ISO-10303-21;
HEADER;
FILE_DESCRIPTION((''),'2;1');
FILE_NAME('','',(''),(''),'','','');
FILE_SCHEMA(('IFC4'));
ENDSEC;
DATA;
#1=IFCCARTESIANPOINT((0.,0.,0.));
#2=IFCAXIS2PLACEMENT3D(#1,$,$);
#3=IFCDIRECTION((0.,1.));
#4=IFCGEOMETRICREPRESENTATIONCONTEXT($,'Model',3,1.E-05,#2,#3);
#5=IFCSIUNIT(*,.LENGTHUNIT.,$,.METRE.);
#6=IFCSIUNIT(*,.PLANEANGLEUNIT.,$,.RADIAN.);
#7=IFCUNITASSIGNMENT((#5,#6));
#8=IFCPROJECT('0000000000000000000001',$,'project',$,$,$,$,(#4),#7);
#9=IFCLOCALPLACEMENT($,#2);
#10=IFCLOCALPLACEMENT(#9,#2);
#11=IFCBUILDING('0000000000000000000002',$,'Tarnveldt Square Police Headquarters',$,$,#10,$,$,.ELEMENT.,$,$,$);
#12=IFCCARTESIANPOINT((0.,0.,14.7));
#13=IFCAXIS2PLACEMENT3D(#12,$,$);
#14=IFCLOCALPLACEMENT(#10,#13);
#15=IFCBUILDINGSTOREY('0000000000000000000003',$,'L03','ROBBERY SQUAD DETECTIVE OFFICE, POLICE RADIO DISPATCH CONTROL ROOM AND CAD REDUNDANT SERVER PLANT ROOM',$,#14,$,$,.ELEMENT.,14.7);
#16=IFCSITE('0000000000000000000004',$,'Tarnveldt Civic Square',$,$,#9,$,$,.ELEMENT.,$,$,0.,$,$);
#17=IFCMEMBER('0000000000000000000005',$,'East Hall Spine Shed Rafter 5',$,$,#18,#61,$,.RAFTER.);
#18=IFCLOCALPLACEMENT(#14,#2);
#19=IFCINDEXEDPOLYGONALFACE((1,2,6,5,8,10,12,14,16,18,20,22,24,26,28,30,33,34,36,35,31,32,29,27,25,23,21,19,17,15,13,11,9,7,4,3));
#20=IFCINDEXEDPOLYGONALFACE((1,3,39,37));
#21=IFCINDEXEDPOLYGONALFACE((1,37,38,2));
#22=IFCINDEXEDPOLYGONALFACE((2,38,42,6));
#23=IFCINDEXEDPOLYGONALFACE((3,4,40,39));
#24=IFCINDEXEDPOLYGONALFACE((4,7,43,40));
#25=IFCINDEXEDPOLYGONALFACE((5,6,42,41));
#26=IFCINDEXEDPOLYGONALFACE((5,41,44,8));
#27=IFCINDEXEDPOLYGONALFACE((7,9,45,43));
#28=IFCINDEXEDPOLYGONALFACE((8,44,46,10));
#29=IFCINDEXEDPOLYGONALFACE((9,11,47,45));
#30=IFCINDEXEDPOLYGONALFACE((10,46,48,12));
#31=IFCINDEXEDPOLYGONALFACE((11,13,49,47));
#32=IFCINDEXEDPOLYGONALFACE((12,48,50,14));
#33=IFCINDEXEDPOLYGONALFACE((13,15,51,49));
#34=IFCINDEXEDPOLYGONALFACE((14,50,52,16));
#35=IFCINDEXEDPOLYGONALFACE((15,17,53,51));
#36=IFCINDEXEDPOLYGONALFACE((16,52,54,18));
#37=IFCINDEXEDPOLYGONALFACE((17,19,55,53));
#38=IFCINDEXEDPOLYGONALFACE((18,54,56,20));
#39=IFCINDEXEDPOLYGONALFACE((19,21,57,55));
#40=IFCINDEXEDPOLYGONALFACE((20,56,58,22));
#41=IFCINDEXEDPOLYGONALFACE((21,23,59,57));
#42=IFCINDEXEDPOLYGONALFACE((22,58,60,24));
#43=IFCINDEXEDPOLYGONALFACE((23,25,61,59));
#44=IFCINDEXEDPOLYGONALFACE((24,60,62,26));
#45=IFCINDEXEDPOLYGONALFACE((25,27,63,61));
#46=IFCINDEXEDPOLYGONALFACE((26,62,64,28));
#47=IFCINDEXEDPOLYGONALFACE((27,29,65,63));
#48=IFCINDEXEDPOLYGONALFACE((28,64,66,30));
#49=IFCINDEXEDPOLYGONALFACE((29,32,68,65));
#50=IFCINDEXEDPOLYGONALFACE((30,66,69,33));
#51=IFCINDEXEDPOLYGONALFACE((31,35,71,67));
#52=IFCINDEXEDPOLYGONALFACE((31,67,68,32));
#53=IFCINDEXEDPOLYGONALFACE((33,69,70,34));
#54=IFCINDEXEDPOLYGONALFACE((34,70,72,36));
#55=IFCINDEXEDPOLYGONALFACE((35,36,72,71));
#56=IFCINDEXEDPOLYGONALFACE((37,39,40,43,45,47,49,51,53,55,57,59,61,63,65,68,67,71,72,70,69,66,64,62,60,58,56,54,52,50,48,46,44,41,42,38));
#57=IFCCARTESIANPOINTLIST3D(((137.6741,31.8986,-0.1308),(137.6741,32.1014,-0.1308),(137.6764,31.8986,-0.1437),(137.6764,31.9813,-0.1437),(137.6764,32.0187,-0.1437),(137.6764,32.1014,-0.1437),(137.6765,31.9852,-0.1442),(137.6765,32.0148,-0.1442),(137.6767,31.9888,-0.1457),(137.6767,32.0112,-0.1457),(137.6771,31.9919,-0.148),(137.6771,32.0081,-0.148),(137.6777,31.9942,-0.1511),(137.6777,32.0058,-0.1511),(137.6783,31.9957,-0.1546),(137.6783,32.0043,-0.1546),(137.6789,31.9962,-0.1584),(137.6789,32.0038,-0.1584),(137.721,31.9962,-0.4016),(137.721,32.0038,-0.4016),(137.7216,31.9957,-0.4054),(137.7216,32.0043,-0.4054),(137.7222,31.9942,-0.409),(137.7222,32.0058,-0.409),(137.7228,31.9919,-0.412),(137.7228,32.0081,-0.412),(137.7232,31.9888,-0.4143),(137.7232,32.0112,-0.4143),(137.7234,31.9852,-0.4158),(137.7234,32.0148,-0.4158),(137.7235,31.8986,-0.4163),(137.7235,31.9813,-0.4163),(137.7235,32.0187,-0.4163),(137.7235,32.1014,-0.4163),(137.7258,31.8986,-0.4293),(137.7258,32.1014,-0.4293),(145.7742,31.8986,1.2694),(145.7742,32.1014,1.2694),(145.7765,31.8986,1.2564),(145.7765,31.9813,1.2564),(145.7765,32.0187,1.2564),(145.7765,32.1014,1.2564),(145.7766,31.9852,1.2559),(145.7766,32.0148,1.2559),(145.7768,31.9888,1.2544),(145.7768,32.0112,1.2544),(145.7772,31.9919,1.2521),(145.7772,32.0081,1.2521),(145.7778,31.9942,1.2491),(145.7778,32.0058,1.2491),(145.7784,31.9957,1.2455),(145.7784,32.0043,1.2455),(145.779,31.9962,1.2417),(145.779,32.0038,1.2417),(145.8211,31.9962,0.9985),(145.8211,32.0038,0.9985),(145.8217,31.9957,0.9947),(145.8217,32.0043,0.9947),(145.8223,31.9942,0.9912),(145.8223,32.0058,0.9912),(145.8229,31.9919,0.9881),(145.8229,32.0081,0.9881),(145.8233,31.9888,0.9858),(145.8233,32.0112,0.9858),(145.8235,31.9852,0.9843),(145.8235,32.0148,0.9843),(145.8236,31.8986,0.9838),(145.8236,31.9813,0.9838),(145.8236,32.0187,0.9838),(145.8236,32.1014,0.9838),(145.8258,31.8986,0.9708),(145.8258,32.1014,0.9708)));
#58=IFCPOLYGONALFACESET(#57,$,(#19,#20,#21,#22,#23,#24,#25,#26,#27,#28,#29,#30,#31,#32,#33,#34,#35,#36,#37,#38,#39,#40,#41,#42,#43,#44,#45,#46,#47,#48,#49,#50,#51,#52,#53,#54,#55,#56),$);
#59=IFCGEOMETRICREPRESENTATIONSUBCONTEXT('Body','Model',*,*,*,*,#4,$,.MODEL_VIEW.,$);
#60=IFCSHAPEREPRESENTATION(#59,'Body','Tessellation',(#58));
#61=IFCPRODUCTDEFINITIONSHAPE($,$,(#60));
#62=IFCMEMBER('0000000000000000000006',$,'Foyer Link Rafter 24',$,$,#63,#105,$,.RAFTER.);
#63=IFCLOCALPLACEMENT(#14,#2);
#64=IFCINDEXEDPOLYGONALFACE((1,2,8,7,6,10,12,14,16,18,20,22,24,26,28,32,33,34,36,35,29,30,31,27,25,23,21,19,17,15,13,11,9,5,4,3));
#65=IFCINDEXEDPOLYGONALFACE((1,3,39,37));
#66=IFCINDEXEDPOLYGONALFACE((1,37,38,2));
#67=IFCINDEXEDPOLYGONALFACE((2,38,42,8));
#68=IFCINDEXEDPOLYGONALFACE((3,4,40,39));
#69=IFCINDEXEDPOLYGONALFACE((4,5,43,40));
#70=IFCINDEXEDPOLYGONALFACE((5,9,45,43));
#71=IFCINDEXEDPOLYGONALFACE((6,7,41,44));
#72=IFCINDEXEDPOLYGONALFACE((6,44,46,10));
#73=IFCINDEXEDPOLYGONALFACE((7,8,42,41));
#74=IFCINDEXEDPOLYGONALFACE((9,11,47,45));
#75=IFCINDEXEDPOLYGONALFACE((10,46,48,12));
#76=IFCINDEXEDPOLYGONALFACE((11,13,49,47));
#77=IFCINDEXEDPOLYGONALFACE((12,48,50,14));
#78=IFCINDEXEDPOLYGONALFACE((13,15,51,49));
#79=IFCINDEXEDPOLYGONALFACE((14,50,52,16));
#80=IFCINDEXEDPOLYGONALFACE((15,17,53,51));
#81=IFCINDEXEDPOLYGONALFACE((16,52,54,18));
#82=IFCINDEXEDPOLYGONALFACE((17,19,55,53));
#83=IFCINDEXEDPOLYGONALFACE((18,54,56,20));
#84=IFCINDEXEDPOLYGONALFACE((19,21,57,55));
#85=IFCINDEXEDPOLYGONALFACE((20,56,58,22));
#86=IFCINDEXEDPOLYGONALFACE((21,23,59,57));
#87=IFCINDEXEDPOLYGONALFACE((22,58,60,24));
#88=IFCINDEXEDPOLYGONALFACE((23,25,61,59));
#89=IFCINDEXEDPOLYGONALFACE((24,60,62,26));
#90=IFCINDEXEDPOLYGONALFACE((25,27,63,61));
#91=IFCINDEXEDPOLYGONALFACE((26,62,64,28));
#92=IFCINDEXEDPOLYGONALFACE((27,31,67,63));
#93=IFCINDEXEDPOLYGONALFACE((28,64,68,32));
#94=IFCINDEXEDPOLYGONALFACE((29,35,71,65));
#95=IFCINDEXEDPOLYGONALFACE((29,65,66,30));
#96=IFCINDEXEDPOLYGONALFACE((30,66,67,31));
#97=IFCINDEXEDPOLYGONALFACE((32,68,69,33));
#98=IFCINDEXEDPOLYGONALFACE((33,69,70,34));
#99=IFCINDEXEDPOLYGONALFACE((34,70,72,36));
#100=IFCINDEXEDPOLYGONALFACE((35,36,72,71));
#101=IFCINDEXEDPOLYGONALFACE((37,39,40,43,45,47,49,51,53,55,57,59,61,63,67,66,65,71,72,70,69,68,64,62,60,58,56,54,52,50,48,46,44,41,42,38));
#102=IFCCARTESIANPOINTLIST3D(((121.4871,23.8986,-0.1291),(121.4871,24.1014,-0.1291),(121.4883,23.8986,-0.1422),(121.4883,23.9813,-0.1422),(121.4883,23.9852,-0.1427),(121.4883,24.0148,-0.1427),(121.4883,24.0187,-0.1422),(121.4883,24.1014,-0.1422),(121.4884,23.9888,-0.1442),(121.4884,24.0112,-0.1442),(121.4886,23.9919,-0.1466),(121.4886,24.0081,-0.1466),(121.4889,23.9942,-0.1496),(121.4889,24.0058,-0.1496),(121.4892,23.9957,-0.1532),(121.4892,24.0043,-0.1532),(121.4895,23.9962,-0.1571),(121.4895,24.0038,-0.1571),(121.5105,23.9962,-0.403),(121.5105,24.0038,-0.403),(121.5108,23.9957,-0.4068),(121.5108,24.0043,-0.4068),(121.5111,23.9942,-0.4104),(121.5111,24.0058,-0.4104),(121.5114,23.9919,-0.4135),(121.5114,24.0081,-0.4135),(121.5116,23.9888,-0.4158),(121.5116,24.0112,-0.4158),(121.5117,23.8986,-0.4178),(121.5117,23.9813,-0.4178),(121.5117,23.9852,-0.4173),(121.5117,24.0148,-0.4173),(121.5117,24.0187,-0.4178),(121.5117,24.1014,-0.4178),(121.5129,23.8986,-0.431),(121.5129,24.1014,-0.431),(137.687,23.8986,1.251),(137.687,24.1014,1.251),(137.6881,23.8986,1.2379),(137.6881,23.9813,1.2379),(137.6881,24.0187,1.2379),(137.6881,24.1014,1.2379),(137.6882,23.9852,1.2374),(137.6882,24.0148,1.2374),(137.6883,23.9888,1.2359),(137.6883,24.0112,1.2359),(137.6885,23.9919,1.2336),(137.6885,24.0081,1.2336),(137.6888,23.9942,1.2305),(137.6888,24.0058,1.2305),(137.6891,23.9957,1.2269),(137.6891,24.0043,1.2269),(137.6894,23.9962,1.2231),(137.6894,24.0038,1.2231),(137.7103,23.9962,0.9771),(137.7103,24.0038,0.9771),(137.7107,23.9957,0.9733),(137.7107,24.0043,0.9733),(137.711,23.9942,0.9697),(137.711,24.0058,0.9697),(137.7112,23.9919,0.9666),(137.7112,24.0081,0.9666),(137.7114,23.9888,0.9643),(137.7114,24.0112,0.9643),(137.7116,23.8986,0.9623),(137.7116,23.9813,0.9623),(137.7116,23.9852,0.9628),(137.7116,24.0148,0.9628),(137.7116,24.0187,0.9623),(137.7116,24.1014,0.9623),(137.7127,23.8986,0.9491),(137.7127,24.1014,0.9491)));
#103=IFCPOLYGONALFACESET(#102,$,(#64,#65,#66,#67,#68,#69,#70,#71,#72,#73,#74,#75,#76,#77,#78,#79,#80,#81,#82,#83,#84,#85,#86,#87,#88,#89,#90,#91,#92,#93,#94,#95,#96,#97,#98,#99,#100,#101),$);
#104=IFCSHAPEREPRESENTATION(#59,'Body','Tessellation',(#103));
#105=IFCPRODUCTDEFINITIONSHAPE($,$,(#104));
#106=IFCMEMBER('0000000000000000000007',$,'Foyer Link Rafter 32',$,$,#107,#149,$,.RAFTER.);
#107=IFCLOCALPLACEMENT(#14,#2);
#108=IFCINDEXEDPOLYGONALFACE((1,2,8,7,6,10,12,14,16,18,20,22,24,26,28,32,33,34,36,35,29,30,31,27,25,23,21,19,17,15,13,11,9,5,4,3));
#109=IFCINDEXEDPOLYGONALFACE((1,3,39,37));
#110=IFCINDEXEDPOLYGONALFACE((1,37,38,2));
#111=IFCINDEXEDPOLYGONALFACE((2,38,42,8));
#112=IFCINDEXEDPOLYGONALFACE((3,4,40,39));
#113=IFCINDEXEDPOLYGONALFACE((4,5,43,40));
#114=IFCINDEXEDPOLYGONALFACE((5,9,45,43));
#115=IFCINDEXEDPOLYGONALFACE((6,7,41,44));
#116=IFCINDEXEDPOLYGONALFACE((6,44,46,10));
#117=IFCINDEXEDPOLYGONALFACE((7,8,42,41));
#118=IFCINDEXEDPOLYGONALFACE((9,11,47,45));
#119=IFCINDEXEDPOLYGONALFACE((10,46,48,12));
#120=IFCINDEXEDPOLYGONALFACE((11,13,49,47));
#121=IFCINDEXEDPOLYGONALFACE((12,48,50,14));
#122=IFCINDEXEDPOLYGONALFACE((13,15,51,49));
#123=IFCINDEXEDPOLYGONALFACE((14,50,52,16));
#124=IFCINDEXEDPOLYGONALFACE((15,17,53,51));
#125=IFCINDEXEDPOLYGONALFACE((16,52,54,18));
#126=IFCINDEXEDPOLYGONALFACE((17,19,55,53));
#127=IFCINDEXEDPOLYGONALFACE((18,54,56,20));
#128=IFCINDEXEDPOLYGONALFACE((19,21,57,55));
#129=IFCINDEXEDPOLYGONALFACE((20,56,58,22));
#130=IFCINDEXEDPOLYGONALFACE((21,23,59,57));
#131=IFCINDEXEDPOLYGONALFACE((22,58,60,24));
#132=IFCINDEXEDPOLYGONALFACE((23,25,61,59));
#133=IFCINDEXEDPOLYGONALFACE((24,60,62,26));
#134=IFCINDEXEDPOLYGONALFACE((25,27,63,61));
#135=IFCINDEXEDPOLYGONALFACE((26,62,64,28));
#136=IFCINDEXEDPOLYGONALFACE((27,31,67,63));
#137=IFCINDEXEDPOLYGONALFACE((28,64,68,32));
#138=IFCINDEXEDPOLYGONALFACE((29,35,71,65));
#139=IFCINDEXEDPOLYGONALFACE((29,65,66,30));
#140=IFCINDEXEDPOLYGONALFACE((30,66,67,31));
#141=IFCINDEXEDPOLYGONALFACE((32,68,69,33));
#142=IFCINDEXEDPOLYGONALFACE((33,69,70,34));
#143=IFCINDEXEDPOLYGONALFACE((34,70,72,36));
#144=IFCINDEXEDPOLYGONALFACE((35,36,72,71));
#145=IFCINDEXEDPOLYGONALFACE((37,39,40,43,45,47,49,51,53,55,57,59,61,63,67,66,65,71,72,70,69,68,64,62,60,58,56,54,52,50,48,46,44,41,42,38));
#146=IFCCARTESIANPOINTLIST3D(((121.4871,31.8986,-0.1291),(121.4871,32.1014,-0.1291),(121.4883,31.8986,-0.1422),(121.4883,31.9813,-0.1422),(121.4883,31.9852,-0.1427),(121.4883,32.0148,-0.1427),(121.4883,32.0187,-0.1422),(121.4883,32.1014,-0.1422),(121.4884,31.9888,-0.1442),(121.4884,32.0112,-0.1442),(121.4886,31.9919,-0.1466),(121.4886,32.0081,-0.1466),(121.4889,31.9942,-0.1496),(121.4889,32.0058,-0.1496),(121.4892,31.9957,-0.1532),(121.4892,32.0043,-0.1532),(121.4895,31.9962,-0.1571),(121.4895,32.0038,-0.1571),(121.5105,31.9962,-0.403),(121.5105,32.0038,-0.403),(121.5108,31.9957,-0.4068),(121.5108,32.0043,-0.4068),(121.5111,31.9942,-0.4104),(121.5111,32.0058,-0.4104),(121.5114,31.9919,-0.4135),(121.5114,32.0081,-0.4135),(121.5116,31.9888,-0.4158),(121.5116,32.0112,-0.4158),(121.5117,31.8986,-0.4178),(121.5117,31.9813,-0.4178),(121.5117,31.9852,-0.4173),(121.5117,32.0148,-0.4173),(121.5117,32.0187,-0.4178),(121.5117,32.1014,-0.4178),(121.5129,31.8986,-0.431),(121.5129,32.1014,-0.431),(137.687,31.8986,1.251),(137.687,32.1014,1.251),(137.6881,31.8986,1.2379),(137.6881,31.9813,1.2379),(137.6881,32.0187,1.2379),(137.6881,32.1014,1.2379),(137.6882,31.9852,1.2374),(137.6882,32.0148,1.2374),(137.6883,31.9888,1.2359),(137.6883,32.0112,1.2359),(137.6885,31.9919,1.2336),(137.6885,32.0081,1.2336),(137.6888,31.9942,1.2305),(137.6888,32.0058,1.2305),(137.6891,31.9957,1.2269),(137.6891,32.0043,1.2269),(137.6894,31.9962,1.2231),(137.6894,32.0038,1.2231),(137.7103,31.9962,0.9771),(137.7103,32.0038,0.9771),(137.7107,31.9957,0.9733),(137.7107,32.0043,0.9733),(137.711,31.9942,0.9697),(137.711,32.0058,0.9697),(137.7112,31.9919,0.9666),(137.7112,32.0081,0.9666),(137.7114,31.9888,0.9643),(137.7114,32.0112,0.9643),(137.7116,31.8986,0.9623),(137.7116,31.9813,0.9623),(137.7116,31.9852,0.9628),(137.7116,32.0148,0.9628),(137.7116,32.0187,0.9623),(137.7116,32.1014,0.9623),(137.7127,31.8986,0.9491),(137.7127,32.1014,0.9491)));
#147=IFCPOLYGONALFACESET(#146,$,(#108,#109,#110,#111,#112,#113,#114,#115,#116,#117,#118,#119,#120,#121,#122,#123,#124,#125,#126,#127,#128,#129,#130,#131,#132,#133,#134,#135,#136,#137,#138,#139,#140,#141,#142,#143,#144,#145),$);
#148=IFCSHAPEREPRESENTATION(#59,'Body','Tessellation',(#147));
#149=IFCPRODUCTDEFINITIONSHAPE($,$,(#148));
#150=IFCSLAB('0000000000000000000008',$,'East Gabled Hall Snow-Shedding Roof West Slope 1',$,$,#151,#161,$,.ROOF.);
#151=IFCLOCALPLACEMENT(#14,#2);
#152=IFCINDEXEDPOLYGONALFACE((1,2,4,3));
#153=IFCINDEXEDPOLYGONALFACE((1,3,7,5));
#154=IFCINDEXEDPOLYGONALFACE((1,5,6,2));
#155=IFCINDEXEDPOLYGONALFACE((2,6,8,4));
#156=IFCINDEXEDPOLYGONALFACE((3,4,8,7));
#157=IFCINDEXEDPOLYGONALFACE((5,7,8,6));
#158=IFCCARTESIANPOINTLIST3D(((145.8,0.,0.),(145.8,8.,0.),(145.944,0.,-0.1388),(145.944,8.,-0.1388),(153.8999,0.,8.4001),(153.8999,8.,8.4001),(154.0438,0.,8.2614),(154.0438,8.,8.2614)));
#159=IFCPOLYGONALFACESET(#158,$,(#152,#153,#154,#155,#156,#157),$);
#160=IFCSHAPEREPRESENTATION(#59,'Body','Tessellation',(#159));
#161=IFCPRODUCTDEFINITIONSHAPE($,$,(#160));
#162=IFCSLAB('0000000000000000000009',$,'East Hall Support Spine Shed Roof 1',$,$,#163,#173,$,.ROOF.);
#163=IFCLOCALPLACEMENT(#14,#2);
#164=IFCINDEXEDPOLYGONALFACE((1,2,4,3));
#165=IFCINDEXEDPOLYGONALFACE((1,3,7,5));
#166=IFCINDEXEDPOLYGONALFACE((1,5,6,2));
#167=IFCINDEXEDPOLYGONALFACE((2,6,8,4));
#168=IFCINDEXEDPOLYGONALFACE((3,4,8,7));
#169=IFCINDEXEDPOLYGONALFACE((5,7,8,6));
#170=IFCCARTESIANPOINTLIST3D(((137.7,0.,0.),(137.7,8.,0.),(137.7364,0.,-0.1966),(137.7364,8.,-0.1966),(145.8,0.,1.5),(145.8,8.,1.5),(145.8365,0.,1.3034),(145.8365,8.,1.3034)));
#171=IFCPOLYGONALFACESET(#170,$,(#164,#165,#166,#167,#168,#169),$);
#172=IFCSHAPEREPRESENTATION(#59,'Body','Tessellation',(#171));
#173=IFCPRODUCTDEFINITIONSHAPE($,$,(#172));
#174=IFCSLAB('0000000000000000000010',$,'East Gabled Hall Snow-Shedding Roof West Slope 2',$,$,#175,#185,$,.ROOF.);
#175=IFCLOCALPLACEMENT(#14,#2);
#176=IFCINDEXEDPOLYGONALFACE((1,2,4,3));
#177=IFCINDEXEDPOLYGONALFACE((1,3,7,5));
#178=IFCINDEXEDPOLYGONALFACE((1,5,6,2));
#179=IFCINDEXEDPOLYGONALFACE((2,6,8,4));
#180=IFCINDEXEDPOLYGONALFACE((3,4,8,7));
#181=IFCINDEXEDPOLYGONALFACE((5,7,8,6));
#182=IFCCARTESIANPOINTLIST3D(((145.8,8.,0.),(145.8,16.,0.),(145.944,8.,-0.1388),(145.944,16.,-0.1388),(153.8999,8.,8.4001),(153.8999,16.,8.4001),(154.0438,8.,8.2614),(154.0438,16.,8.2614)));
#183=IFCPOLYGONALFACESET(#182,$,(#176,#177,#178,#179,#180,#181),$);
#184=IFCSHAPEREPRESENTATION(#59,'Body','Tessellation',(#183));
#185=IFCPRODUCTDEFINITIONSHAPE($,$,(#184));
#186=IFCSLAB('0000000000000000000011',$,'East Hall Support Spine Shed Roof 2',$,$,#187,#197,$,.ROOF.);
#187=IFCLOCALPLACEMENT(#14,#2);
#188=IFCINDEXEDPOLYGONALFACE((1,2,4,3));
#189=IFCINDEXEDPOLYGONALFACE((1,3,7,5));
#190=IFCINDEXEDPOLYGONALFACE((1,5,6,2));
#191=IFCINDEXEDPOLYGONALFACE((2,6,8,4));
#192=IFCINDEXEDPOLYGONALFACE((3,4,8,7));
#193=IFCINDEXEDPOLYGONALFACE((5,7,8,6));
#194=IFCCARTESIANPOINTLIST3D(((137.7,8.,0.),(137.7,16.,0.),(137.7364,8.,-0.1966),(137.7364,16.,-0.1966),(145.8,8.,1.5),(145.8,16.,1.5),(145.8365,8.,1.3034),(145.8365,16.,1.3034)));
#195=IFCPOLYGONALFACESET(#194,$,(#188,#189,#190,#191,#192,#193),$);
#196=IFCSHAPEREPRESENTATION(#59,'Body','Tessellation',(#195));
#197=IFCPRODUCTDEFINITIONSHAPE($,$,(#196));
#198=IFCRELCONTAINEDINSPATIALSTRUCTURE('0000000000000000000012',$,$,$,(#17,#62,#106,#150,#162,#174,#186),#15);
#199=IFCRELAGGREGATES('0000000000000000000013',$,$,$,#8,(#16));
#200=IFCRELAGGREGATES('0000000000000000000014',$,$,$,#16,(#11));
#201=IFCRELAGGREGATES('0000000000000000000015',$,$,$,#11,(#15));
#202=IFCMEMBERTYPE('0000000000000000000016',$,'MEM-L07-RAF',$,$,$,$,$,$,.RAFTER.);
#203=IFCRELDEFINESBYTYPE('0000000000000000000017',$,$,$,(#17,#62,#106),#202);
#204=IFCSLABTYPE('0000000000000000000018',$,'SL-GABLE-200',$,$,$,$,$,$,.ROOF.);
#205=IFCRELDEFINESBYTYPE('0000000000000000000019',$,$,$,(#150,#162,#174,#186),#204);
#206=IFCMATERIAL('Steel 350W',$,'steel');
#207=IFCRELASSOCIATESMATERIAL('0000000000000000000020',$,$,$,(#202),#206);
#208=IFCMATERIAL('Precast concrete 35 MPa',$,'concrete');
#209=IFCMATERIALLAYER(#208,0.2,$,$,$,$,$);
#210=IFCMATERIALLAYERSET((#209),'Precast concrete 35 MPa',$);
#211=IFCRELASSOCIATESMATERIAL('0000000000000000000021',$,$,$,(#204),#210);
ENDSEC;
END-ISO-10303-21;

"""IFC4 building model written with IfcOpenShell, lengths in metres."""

from ifc_helpers import new_model, si_unit, direction, frame, origin, origin_2d, place, context, subcontext, project, spatial, polyline, i_section, outline, extrude, material, layer, layer_set, material_profile, profile_set, type_object, element, save


model = new_model("IFC4")

# Units and contexts
model_context = context("Model", 3, precision=1e-05, world=origin(), true_north=direction((0.0, 1.0)))
body_context = subcontext(model_context, "Body", "Model", "MODEL_VIEW")
ifc_project = project(units=[si_unit("LENGTHUNIT", "METRE"), si_unit("PLANEANGLEUNIT", "RADIAN")], contexts=[model_context])

# Site, building, storey
site_placement = place(None, origin())
site = spatial("IfcSite", under=ifc_project, at=site_placement, Name="Tarnveldt Civic Square", CompositionType="ELEMENT", RefElevation=0.0)
building_placement = place(site_placement, origin())
building = spatial("IfcBuilding", under=site, at=building_placement, Name="Tarnveldt Square Police Headquarters", CompositionType="ELEMENT")
storey_placement = place(building_placement, frame((0.0, 0.0, 14.7)))
storey = spatial("IfcBuildingStorey", under=building, at=storey_placement, Name="L03", Description="ROBBERY SQUAD DETECTIVE OFFICE, POLICE RADIO DISPATCH CONTROL ROOM AND CAD REDUNDANT SERVER PLANT ROOM", CompositionType="ELEMENT", Elevation=14.7)

# Shared definitions
ifc_material_1 = material(Name="Steel 350W", Category="steel")

# Members
ifc_material_profile_1 = material_profile(ifc_material_1, i_section(OverallWidth=0.2029, OverallDepth=0.303, WebThickness=0.0076, FlangeThickness=0.0132, FilletRadius=0.0149, at=origin_2d()), Name="W310x60")
ifc_profile_set_1 = profile_set([ifc_material_profile_1], Name="Steel 350W")
member_type_1 = type_object("IfcMemberType", Name="MEM-L07-RAF", PredefinedType="RAFTER", material=ifc_profile_set_1)
for number, where, z_axis, x_axis, name in (
    (1, (137.7, 32.0, -0.28), (0.985387, 0.0, 0.17033), (0.0, 1.0, 0.0), "East Hall Spine Shed Rafter 5"),
):
    element("IfcMember", number, at=place(storey_placement, frame(where, z_axis=z_axis, x_axis=x_axis)), inside=storey, type_object=member_type_1, Name=name, PredefinedType="RAFTER", context=body_context, shape_type="SweptSolid", body=[
        extrude(i_section(OverallWidth=0.2029, OverallDepth=0.303, WebThickness=0.0076, FlangeThickness=0.0132, FilletRadius=0.0149, at=origin_2d()), origin(), (0.0, 0.0, 1.0), 8.2202),
    ])
for number, where, z_axis, x_axis, name in (
    (2, (121.5, 24.0, -0.28), (0.996391, 0.0, 0.084886), (0.0, 1.0, 0.0), "Foyer Link Rafter 24"),
    (3, (121.5, 32.0, -0.28), (0.996391, 0.0, 0.084886), (0.0, 1.0, 0.0), "Foyer Link Rafter 32"),
):
    element("IfcMember", number, at=place(storey_placement, frame(where, z_axis=z_axis, x_axis=x_axis)), inside=storey, type_object=member_type_1, Name=name, PredefinedType="RAFTER", context=body_context, shape_type="SweptSolid", body=[
        extrude(i_section(OverallWidth=0.2029, OverallDepth=0.303, WebThickness=0.0076, FlangeThickness=0.0132, FilletRadius=0.0149, at=origin_2d()), origin(), (0.0, 0.0, 1.0), 16.2585),
    ])

# Slabs
ifc_material_2 = material(Name="Precast concrete 35 MPa", Category="concrete")
ifc_layer_1 = layer(ifc_material_2, 0.2)
ifc_layer_set_1 = layer_set([ifc_layer_1], Name="Precast concrete 35 MPa")
slab_type_1 = type_object("IfcSlabType", Name="SL-GABLE-200", PredefinedType="ROOF", material=ifc_layer_set_1)
slab_1_placement = place(storey_placement, frame((145.8, 0.0, 0.0), z_axis=(-0.719857, 0.0, 0.694123), x_axis=(0.0, 1.0, 0.0)))
element("IfcSlab", 4, at=slab_1_placement, inside=storey, type_object=slab_type_1, Name="East Gabled Hall Snow-Shedding Roof West Slope 1", PredefinedType="ROOF", context=body_context, shape_type="SweptSolid", body=[
    extrude(outline(polyline([(0.0, 0.0), (8.0, 0.0), (8.0, -11.6692), (0.0, -11.6692), (0.0, 0.0)])), origin(), (0.0, 0.0, -1.0), 0.2),
])
slab_2_placement = place(storey_placement, frame((137.7, 0.0, 0.0), z_axis=(-0.182087, 0.0, 0.983282), x_axis=(0.0, 1.0, 0.0)))
element("IfcSlab", 5, at=slab_2_placement, inside=storey, type_object=slab_type_1, Name="East Hall Support Spine Shed Roof 1", PredefinedType="ROOF", context=body_context, shape_type="SweptSolid", body=[
    extrude(outline(polyline([(0.0, 0.0), (8.0, 0.0), (8.0, -8.2378), (0.0, -8.2378), (0.0, 0.0)])), origin(), (0.0, 0.0, -1.0), 0.2),
])
slab_3_placement = place(storey_placement, frame((145.8, 8.0, 0.0), z_axis=(-0.719857, 0.0, 0.694123), x_axis=(0.0, 1.0, 0.0)))
element("IfcSlab", 6, at=slab_3_placement, inside=storey, type_object=slab_type_1, Name="East Gabled Hall Snow-Shedding Roof West Slope 2", PredefinedType="ROOF", context=body_context, shape_type="SweptSolid", body=[
    extrude(outline(polyline([(0.0, 0.0), (8.0, 0.0), (8.0, -11.6692), (0.0, -11.6692), (0.0, 0.0)])), origin(), (0.0, 0.0, -1.0), 0.2),
])
slab_4_placement = place(storey_placement, frame((137.7, 8.0, 0.0), z_axis=(-0.182087, 0.0, 0.983282), x_axis=(0.0, 1.0, 0.0)))
element("IfcSlab", 7, at=slab_4_placement, inside=storey, type_object=slab_type_1, Name="East Hall Support Spine Shed Roof 2", PredefinedType="ROOF", context=body_context, shape_type="SweptSolid", body=[
    extrude(outline(polyline([(0.0, 0.0), (8.0, 0.0), (8.0, -8.2378), (0.0, -8.2378), (0.0, 0.0)])), origin(), (0.0, 0.0, -1.0), 0.2),
])

save(model, "model.ifc")
